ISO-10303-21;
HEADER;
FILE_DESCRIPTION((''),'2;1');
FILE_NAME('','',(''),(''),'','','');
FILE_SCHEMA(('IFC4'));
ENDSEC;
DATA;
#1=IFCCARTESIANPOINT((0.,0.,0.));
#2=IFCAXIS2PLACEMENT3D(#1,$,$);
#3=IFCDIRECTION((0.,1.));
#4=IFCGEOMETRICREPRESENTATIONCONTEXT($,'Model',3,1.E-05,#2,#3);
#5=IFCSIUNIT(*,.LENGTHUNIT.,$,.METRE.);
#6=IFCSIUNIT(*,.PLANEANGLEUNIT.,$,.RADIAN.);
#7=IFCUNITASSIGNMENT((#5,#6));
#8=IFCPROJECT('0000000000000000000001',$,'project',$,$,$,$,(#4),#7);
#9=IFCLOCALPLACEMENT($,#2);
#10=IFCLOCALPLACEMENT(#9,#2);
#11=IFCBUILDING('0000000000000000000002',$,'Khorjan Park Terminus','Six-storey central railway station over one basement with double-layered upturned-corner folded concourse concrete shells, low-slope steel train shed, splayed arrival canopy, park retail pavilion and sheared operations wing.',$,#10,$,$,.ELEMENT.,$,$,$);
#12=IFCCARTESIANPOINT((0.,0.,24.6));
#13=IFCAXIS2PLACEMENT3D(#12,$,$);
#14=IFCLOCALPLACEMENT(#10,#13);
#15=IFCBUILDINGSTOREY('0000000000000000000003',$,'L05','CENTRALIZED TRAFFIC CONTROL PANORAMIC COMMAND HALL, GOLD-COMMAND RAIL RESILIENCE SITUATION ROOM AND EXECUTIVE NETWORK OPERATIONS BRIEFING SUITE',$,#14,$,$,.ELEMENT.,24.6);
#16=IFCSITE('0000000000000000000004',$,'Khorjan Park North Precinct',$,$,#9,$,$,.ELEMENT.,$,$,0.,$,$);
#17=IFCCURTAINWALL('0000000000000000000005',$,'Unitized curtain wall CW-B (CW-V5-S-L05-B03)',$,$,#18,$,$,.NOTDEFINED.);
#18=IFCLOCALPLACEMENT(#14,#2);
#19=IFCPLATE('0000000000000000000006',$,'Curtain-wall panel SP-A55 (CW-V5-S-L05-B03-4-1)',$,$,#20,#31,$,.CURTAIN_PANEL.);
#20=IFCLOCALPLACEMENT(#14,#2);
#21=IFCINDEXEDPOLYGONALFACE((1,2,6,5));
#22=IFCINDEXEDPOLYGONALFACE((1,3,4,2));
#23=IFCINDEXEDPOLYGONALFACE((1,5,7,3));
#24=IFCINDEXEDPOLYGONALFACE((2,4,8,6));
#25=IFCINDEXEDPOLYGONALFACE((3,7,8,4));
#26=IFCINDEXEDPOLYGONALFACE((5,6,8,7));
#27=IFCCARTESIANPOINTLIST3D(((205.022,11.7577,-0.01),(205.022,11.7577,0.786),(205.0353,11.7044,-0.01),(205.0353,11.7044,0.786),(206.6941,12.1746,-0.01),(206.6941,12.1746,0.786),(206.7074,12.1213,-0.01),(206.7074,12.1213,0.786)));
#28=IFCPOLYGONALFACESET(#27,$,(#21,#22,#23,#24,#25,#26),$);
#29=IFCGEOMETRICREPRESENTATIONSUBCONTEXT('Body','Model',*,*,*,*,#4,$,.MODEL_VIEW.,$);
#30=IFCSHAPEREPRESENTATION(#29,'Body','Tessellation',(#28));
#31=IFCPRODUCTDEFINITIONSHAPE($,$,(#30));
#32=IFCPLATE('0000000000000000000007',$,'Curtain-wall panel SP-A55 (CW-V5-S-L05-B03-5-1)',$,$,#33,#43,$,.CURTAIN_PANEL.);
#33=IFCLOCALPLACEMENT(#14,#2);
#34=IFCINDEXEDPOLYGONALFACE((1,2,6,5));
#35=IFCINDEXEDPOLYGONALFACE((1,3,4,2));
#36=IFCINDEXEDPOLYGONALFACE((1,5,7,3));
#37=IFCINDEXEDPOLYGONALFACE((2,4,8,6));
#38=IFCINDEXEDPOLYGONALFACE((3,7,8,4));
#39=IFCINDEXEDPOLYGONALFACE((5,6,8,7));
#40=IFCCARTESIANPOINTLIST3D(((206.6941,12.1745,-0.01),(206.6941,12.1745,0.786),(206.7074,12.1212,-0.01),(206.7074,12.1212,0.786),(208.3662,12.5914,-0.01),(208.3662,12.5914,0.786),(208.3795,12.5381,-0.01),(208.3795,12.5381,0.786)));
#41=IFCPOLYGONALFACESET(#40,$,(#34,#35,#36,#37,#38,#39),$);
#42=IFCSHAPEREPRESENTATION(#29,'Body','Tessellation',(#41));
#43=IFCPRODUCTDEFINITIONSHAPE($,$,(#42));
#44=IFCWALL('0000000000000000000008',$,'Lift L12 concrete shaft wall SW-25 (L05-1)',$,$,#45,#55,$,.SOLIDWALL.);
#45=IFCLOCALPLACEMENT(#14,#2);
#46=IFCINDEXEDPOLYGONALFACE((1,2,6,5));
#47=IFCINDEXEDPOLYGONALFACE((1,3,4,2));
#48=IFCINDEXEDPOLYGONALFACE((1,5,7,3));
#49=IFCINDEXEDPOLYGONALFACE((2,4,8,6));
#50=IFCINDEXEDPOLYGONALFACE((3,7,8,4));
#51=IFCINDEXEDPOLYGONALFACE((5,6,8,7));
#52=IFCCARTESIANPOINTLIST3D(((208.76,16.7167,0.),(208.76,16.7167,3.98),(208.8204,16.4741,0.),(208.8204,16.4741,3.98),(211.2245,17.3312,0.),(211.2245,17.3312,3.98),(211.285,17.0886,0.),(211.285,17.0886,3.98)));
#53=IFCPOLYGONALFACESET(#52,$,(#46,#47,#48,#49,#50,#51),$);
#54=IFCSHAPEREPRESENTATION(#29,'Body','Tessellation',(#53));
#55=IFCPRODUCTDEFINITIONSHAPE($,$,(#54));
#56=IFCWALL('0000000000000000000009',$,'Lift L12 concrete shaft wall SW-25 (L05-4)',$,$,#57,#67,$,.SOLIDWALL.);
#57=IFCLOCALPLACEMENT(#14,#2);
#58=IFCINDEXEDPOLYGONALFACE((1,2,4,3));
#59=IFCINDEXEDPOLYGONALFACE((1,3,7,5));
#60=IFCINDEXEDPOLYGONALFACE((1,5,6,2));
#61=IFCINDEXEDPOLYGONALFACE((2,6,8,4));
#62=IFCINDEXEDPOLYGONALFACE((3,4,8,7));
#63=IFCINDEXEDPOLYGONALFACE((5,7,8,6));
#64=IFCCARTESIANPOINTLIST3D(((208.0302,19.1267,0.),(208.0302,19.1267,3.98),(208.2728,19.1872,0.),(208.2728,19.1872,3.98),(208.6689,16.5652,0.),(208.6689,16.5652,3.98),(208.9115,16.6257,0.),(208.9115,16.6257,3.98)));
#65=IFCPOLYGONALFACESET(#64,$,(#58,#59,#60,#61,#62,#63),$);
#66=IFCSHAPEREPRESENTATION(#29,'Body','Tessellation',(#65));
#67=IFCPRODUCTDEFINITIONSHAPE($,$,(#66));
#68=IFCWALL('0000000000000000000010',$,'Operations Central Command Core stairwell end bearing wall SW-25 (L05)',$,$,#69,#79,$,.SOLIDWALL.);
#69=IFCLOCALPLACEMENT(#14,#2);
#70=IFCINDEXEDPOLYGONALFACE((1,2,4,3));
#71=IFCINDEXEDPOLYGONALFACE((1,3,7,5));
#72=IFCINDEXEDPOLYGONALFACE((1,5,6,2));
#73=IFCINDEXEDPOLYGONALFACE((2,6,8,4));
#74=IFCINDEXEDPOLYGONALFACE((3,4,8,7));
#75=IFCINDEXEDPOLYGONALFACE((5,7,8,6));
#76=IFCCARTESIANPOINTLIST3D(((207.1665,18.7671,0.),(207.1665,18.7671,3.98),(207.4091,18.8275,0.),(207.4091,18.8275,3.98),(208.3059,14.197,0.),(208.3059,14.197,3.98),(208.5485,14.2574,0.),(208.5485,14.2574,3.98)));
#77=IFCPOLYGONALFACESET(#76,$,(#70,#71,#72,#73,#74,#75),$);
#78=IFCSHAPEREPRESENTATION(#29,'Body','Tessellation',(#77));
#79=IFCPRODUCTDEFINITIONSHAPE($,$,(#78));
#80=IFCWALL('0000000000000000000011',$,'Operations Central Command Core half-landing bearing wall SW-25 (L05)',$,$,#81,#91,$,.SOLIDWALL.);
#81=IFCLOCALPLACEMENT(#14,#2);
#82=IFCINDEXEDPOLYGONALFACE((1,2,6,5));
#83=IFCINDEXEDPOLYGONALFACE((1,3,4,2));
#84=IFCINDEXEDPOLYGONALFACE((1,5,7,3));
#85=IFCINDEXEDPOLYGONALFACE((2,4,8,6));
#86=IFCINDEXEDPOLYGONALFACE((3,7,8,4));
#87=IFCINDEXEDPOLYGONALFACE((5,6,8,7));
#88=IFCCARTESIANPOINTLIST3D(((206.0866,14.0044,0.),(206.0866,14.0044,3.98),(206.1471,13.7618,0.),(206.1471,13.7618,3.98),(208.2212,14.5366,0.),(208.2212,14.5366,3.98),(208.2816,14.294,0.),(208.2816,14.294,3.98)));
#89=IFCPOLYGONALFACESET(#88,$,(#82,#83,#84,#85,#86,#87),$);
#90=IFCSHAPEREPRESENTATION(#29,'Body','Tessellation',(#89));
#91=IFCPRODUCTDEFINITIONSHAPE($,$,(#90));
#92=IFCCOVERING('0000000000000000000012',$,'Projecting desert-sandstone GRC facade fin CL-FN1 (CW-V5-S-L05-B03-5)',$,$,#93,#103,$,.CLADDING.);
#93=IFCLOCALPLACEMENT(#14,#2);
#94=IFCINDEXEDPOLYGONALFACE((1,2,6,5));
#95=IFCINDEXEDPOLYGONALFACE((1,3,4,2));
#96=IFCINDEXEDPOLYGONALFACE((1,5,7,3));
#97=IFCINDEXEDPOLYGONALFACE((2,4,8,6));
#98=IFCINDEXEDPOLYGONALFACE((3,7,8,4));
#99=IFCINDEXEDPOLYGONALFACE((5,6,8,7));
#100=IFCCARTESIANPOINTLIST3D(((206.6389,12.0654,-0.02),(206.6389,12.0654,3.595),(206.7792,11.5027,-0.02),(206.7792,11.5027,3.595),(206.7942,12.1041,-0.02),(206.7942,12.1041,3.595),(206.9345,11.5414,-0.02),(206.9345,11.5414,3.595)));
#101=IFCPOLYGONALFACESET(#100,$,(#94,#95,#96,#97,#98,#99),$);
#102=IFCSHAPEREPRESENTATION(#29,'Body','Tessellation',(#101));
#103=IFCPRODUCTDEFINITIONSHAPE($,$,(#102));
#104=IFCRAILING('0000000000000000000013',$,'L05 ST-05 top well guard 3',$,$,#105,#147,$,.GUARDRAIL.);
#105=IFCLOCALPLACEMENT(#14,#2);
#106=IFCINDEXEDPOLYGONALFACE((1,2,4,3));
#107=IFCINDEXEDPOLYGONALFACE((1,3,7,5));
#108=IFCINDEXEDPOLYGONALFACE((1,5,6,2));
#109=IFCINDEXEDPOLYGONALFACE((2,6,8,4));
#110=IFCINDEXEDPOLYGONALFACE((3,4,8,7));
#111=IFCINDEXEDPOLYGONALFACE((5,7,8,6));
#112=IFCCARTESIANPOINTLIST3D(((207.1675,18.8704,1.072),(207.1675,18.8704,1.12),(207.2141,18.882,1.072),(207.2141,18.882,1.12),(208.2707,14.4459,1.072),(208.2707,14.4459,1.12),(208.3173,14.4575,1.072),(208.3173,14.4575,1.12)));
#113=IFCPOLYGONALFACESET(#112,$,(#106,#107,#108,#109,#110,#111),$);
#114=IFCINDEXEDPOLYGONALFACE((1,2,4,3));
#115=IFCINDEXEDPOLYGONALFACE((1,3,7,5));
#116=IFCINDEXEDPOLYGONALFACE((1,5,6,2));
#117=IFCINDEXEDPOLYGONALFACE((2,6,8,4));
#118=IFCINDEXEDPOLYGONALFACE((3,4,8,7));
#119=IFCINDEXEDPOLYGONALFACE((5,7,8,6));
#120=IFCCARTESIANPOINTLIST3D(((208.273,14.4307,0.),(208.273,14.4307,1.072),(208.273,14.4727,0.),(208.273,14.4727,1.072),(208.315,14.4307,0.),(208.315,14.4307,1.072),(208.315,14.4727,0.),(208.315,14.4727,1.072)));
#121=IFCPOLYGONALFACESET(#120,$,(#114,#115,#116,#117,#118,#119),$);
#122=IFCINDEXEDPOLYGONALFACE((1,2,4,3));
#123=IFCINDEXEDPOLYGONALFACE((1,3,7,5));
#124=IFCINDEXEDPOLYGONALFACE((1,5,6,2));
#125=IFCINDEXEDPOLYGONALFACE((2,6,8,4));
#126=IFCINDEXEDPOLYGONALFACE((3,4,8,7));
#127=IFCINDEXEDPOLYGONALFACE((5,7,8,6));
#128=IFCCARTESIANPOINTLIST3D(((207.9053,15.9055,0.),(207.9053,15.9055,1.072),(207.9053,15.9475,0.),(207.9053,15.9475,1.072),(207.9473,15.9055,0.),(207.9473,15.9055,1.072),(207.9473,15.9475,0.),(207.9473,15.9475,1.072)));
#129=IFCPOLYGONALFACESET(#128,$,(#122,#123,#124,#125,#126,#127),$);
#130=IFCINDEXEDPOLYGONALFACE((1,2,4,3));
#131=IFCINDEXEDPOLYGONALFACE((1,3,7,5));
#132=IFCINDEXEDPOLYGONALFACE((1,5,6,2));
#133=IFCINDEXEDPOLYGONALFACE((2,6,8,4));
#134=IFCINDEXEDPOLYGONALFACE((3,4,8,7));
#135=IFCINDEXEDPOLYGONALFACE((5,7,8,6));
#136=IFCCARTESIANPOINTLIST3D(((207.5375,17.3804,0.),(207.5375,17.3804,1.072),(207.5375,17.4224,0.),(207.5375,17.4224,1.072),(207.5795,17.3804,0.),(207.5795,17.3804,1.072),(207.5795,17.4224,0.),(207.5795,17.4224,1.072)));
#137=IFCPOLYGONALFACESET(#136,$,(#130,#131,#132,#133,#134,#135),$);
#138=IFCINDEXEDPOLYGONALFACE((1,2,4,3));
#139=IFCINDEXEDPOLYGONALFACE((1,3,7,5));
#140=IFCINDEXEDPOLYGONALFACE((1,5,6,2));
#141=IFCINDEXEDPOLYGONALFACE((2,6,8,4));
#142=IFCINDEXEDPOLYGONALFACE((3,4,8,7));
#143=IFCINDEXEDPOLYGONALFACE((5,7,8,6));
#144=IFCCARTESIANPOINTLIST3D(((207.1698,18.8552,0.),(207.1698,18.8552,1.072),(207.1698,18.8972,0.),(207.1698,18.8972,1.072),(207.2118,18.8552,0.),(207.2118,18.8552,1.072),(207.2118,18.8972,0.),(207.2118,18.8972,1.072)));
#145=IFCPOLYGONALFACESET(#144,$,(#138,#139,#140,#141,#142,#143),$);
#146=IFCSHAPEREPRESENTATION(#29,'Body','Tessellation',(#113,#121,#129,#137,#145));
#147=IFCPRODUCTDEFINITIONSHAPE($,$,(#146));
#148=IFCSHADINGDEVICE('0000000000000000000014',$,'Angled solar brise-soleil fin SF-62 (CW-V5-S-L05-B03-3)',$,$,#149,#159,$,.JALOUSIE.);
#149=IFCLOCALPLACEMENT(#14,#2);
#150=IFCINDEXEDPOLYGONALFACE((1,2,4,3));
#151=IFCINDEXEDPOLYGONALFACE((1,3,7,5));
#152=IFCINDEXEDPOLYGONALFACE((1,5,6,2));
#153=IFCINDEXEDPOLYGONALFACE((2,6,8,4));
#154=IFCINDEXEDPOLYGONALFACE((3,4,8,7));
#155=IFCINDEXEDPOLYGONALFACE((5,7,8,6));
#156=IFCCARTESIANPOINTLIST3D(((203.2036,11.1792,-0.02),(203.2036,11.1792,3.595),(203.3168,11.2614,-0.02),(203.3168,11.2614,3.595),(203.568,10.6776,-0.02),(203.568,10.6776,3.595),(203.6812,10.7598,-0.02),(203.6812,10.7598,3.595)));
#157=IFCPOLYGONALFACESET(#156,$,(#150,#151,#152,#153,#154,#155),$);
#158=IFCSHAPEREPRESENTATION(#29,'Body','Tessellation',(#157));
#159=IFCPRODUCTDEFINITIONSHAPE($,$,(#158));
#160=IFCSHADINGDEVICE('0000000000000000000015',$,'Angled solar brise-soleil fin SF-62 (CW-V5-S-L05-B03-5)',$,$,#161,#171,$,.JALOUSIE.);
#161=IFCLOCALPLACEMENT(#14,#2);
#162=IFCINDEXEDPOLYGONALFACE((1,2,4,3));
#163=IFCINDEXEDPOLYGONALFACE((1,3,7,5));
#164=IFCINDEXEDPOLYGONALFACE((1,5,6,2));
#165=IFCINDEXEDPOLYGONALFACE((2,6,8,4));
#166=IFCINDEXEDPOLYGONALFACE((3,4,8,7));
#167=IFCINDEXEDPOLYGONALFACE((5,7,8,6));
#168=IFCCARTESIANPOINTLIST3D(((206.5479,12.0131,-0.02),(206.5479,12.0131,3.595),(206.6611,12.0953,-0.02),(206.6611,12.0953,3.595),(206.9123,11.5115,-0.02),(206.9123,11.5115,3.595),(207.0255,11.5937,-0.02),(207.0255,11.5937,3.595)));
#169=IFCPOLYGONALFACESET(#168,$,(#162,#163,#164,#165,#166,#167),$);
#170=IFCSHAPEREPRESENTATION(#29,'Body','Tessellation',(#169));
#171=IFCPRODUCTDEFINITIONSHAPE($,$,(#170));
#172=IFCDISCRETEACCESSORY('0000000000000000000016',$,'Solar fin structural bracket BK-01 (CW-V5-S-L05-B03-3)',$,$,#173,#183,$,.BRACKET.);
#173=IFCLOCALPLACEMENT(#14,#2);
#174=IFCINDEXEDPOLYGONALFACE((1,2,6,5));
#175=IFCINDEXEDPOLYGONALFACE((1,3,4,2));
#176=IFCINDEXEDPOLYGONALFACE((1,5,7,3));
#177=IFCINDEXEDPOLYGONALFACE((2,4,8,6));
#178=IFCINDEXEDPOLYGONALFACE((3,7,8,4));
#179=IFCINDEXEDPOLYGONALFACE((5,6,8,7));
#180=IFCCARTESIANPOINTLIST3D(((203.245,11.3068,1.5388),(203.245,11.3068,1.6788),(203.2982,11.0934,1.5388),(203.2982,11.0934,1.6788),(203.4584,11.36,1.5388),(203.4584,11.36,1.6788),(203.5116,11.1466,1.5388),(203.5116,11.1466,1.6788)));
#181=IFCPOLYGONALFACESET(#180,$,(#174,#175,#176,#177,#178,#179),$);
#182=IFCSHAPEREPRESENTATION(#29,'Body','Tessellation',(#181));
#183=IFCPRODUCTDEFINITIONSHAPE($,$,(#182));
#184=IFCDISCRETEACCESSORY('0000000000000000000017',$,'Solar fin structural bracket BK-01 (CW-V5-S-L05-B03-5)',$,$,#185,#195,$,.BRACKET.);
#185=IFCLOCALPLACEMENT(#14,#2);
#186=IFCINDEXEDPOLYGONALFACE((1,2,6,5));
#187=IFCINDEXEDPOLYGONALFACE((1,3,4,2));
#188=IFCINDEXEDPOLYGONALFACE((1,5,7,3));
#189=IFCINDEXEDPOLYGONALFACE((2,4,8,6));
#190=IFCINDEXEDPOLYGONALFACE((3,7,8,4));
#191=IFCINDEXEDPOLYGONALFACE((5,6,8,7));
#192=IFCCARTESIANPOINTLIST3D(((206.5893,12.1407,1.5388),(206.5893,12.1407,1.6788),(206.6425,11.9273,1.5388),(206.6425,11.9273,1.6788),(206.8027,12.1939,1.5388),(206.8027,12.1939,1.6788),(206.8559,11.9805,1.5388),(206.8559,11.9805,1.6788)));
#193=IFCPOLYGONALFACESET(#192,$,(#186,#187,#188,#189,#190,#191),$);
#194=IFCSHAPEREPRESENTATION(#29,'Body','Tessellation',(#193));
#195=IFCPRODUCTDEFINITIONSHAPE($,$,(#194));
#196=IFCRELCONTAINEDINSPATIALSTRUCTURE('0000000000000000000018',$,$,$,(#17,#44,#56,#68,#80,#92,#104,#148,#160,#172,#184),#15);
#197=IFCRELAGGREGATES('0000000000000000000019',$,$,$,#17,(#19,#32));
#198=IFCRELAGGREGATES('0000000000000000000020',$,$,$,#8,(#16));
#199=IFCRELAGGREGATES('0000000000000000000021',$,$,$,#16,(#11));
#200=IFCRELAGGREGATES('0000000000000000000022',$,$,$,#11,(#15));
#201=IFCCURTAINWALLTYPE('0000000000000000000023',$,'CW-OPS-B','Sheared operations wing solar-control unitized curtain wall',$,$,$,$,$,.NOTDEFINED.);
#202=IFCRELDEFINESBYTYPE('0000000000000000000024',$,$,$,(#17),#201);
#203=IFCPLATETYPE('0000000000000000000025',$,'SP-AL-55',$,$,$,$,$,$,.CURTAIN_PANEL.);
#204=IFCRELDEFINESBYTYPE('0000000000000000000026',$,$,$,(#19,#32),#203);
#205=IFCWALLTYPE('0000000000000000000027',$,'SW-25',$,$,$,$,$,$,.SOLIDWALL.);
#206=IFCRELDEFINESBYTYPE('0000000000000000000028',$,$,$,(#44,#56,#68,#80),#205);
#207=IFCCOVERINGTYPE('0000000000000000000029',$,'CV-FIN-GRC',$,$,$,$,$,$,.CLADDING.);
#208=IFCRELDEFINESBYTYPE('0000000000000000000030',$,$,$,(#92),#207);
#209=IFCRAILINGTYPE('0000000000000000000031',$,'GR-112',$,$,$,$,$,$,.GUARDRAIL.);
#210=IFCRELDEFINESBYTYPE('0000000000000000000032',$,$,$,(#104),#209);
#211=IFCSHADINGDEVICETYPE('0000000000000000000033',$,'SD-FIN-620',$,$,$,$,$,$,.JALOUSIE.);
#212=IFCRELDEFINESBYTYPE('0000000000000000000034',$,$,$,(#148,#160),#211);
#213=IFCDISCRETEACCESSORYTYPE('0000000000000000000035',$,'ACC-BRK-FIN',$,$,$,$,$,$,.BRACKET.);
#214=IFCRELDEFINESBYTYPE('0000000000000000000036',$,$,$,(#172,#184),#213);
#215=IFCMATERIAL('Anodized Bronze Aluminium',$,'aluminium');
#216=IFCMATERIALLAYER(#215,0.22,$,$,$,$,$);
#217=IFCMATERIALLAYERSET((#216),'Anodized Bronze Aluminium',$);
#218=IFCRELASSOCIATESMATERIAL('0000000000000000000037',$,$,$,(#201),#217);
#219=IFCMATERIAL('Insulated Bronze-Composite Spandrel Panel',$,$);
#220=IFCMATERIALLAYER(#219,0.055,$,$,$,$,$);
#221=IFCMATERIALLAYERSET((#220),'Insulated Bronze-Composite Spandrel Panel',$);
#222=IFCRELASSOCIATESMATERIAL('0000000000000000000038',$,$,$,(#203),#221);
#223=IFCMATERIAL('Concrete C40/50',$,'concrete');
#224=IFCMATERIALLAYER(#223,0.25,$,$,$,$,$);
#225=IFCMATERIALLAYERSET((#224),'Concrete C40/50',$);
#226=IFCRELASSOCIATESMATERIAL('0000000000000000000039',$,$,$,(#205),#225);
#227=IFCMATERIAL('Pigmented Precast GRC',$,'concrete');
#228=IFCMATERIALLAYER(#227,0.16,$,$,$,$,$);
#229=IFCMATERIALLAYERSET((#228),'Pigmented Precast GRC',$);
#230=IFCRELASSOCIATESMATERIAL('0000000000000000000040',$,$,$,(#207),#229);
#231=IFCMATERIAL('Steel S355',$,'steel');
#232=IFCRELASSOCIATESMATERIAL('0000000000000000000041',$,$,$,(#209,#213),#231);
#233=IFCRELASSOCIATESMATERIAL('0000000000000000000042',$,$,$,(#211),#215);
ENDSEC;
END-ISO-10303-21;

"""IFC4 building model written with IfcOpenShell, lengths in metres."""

from ifc_helpers import new_model, si_unit, direction, frame, frame_2d, origin, origin_2d, place, context, subcontext, project, spatial, rectangle, extrude, material, layer, layer_set, type_object, element, aggregate, save


model = new_model("IFC4")

# Units and contexts
model_context = context("Model", 3, precision=1e-05, world=origin(), true_north=direction((0.0, 1.0)))
body_context = subcontext(model_context, "Body", "Model", "MODEL_VIEW")
ifc_project = project(units=[si_unit("LENGTHUNIT", "METRE"), si_unit("PLANEANGLEUNIT", "RADIAN")], contexts=[model_context])

# Site, building, storey
site_placement = place(None, origin())
site = spatial("IfcSite", under=ifc_project, at=site_placement, Name="Khorjan Park North Precinct", CompositionType="ELEMENT", RefElevation=0.0)
building_placement = place(site_placement, origin())
building = spatial("IfcBuilding", under=site, at=building_placement, Name="Khorjan Park Terminus", Description="Six-storey central railway station over one basement with double-layered upturned-corner folded concourse concrete shells, low-slope steel train shed, splayed arrival canopy, park retail pavilion and sheared operations wing.", CompositionType="ELEMENT")
storey_placement = place(building_placement, frame((0.0, 0.0, 24.6)))
storey = spatial("IfcBuildingStorey", under=building, at=storey_placement, Name="L05", Description="CENTRALIZED TRAFFIC CONTROL PANORAMIC COMMAND HALL, GOLD-COMMAND RAIL RESILIENCE SITUATION ROOM AND EXECUTIVE NETWORK OPERATIONS BRIEFING SUITE", CompositionType="ELEMENT", Elevation=24.6)

# Shared definitions
ifc_material_1 = material(Name="Steel S355", Category="steel")

# Curtain wall, plates
ifc_material_2 = material(Name="Anodized Bronze Aluminium", Category="aluminium")
ifc_layer_1 = layer(ifc_material_2, 0.22)
ifc_layer_set_1 = layer_set([ifc_layer_1], Name="Anodized Bronze Aluminium")
curtain_wall_type = type_object("IfcCurtainWallType", Name="CW-OPS-B", Description="Sheared operations wing solar-control unitized curtain wall", PredefinedType="NOTDEFINED", material=ifc_layer_set_1)
curtain_wall_placement = place(storey_placement, origin())
curtain_wall = element("IfcCurtainWall", 1, at=curtain_wall_placement, inside=storey, type_object=curtain_wall_type, Name="Unitized curtain wall CW-B (CW-V5-S-L05-B03)", PredefinedType="NOTDEFINED")
ifc_material_3 = material(Name="Insulated Bronze-Composite Spandrel Panel")
ifc_layer_2 = layer(ifc_material_3, 0.055)
ifc_layer_set_2 = layer_set([ifc_layer_2], Name="Insulated Bronze-Composite Spandrel Panel")
plate_type_1 = type_object("IfcPlateType", Name="SP-AL-55", PredefinedType="CURTAIN_PANEL", material=ifc_layer_set_2)
plate_1_placement = place(storey_placement, frame((205.8647, 11.9395, -0.01), z_axis=(0.0, 0.0, 1.0), x_axis=(0.970295, 0.241926, 0.0)))
plate_1 = element("IfcPlate", 2, at=plate_1_placement, type_object=plate_type_1, Name="Curtain-wall panel SP-A55 (CW-V5-S-L05-B03-4-1)", PredefinedType="CURTAIN_PANEL", context=body_context, shape_type="SweptSolid", body=[
    extrude(rectangle(XDim=1.7233, YDim=0.055, at=origin_2d()), origin(), (0.0, 0.0, 1.0), 0.796),
])
plate_2_placement = place(storey_placement, frame((207.5368, 12.3563, -0.01), z_axis=(0.0, 0.0, 1.0), x_axis=(0.970295, 0.241926, 0.0)))
plate_2 = element("IfcPlate", 3, at=plate_2_placement, type_object=plate_type_1, Name="Curtain-wall panel SP-A55 (CW-V5-S-L05-B03-5-1)", PredefinedType="CURTAIN_PANEL", context=body_context, shape_type="SweptSolid", body=[
    extrude(rectangle(XDim=1.7233, YDim=0.055, at=origin_2d()), origin(), (0.0, 0.0, 1.0), 0.796),
])
aggregate(curtain_wall, [plate_1, plate_2])

# Walls
ifc_material_4 = material(Name="Concrete C40/50", Category="concrete")
ifc_layer_3 = layer(ifc_material_4, 0.25)
ifc_layer_set_3 = layer_set([ifc_layer_3], Name="Concrete C40/50")
wall_type = type_object("IfcWallType", Name="SW-25", PredefinedType="SOLIDWALL", material=ifc_layer_set_3)
wall_1_placement = place(storey_placement, frame((208.7902, 16.5954, 0.0), z_axis=(0.0, 0.0, 1.0), x_axis=(0.970293, 0.241933, 0.0)))
element("IfcWall", 4, at=wall_1_placement, inside=storey, type_object=wall_type, Name="Lift L12 concrete shaft wall SW-25 (L05-1)", PredefinedType="SOLIDWALL", context=body_context, shape_type="SweptSolid", body=[
    extrude(rectangle(XDim=2.54, YDim=0.25, at=frame_2d((1.27, 0.0))), origin(), (0.0, 0.0, 1.0), 3.98),
])
wall_2_placement = place(storey_placement, frame((208.1515, 19.1569, 0.0), z_axis=(0.0, 0.0, 1.0), x_axis=(0.241938, -0.970292, 0.0)))
element("IfcWall", 5, at=wall_2_placement, inside=storey, type_object=wall_type, Name="Lift L12 concrete shaft wall SW-25 (L05-4)", PredefinedType="SOLIDWALL", context=body_context, shape_type="SweptSolid", body=[
    extrude(rectangle(XDim=2.6399, YDim=0.25, at=frame_2d((1.3199, 0.0))), origin(), (0.0, 0.0, 1.0), 3.98),
])
wall_3_placement = place(storey_placement, frame((208.4272, 14.2272, 0.0), z_axis=(0.0, 0.0, 1.0), x_axis=(-0.241911, 0.970298, 0.0)))
element("IfcWall", 6, at=wall_3_placement, inside=storey, type_object=wall_type, Name="Operations Central Command Core stairwell end bearing wall SW-25 (L05)", PredefinedType="SOLIDWALL", context=body_context, shape_type="SweptSolid", body=[
    extrude(rectangle(XDim=4.71, YDim=0.25, at=frame_2d((2.355, 0.0))), origin(), (0.0, 0.0, 1.0), 3.98),
])
wall_4_placement = place(storey_placement, frame((206.1169, 13.8831, 0.0), z_axis=(0.0, 0.0, 1.0), x_axis=(0.970297, 0.241915, 0.0)))
element("IfcWall", 7, at=wall_4_placement, inside=storey, type_object=wall_type, Name="Operations Central Command Core half-landing bearing wall SW-25 (L05)", PredefinedType="SOLIDWALL", context=body_context, shape_type="SweptSolid", body=[
    extrude(rectangle(XDim=2.1999, YDim=0.25, at=frame_2d((1.0999, 0.0))), origin(), (0.0, 0.0, 1.0), 3.98),
])

# Covering
ifc_material_5 = material(Name="Pigmented Precast GRC", Category="concrete")
ifc_layer_4 = layer(ifc_material_5, 0.16)
ifc_layer_set_4 = layer_set([ifc_layer_4], Name="Pigmented Precast GRC")
covering_type = type_object("IfcCoveringType", Name="CV-FIN-GRC", PredefinedType="CLADDING", material=ifc_layer_set_4)
covering_placement = place(storey_placement, frame((206.7867, 11.8034, -0.02), z_axis=(0.0, 0.0, 1.0), x_axis=(-0.241922, 0.970296, 0.0)))
element("IfcCovering", 8, at=covering_placement, inside=storey, type_object=covering_type, Name="Projecting desert-sandstone GRC facade fin CL-FN1 (CW-V5-S-L05-B03-5)", PredefinedType="CLADDING", context=body_context, shape_type="SweptSolid", body=[
    extrude(rectangle(XDim=0.58, YDim=0.16, at=origin_2d()), origin(), (0.0, 0.0, 1.0), 3.615),
])

# Railing
railing_type = type_object("IfcRailingType", Name="GR-112", PredefinedType="GUARDRAIL", material=ifc_material_1)
railing_placement = place(storey_placement, frame((208.294, 14.4517, 0.0)))
element("IfcRailing", 9, at=railing_placement, inside=storey, type_object=railing_type, Name="L05 ST-05 top well guard 3", PredefinedType="GUARDRAIL", context=body_context, shape_type="SweptSolid", body=[
    extrude(rectangle(XDim=0.048, YDim=0.048, at=origin_2d()), frame((0.0, 0.0, 1.096), z_axis=(-0.241932, 0.970293, 0.0), x_axis=(-0.970293, -0.241932, 0.0)), (0.0, 0.0, 1.0), 4.56),
    extrude(rectangle(XDim=0.042, YDim=0.042, at=origin_2d()), origin(), (0.0, 0.0, 1.0), 1.072),
    extrude(rectangle(XDim=0.042, YDim=0.042, at=origin_2d()), frame((-0.3677, 1.4748, 0.0)), (0.0, 0.0, 1.0), 1.072),
    extrude(rectangle(XDim=0.042, YDim=0.042, at=origin_2d()), frame((-0.7355, 2.9497, 0.0)), (0.0, 0.0, 1.0), 1.072),
    extrude(rectangle(XDim=0.042, YDim=0.042, at=origin_2d()), frame((-1.1032, 4.4245, 0.0)), (0.0, 0.0, 1.0), 1.072),
])

# Shading devices
shading_device_type = type_object("IfcShadingDeviceType", Name="SD-FIN-620", PredefinedType="JALOUSIE", material=ifc_material_2)
for number, where, z_axis, x_axis, name in (
    (10, (203.4424, 10.9695, -0.02), (0.0, 0.0, 1.0), (-0.587785, 0.809017, 0.0), "Angled solar brise-soleil fin SF-62 (CW-V5-S-L05-B03-3)"),
    (11, (206.7867, 11.8034, -0.02), (0.0, 0.0, 1.0), (-0.587785, 0.809017, 0.0), "Angled solar brise-soleil fin SF-62 (CW-V5-S-L05-B03-5)"),
):
    element("IfcShadingDevice", number, at=place(storey_placement, frame(where, z_axis=z_axis, x_axis=x_axis)), inside=storey, type_object=shading_device_type, Name=name, PredefinedType="JALOUSIE", context=body_context, shape_type="SweptSolid", body=[
        extrude(rectangle(XDim=0.62, YDim=0.14, at=origin_2d()), origin(), (0.0, 0.0, 1.0), 3.615),
    ])

# Discrete accessories
discrete_accessory_type = type_object("IfcDiscreteAccessoryType", Name="ACC-BRK-FIN", PredefinedType="BRACKET", material=ifc_material_1)
for number, where, z_axis, x_axis, name in (
    (12, (203.3783, 11.2267, 1.5388), (0.0, 0.0, 1.0), (0.970295, 0.241926, 0.0), "Solar fin structural bracket BK-01 (CW-V5-S-L05-B03-3)"),
    (13, (206.7226, 12.0606, 1.5388), (0.0, 0.0, 1.0), (0.970295, 0.241926, 0.0), "Solar fin structural bracket BK-01 (CW-V5-S-L05-B03-5)"),
):
    element("IfcDiscreteAccessory", number, at=place(storey_placement, frame(where, z_axis=z_axis, x_axis=x_axis)), inside=storey, type_object=discrete_accessory_type, Name=name, PredefinedType="BRACKET", context=body_context, shape_type="SweptSolid", body=[
        extrude(rectangle(XDim=0.22, YDim=0.22, at=origin_2d()), origin(), (0.0, 0.0, 1.0), 0.14),
    ])

save(model, "model.ifc")
